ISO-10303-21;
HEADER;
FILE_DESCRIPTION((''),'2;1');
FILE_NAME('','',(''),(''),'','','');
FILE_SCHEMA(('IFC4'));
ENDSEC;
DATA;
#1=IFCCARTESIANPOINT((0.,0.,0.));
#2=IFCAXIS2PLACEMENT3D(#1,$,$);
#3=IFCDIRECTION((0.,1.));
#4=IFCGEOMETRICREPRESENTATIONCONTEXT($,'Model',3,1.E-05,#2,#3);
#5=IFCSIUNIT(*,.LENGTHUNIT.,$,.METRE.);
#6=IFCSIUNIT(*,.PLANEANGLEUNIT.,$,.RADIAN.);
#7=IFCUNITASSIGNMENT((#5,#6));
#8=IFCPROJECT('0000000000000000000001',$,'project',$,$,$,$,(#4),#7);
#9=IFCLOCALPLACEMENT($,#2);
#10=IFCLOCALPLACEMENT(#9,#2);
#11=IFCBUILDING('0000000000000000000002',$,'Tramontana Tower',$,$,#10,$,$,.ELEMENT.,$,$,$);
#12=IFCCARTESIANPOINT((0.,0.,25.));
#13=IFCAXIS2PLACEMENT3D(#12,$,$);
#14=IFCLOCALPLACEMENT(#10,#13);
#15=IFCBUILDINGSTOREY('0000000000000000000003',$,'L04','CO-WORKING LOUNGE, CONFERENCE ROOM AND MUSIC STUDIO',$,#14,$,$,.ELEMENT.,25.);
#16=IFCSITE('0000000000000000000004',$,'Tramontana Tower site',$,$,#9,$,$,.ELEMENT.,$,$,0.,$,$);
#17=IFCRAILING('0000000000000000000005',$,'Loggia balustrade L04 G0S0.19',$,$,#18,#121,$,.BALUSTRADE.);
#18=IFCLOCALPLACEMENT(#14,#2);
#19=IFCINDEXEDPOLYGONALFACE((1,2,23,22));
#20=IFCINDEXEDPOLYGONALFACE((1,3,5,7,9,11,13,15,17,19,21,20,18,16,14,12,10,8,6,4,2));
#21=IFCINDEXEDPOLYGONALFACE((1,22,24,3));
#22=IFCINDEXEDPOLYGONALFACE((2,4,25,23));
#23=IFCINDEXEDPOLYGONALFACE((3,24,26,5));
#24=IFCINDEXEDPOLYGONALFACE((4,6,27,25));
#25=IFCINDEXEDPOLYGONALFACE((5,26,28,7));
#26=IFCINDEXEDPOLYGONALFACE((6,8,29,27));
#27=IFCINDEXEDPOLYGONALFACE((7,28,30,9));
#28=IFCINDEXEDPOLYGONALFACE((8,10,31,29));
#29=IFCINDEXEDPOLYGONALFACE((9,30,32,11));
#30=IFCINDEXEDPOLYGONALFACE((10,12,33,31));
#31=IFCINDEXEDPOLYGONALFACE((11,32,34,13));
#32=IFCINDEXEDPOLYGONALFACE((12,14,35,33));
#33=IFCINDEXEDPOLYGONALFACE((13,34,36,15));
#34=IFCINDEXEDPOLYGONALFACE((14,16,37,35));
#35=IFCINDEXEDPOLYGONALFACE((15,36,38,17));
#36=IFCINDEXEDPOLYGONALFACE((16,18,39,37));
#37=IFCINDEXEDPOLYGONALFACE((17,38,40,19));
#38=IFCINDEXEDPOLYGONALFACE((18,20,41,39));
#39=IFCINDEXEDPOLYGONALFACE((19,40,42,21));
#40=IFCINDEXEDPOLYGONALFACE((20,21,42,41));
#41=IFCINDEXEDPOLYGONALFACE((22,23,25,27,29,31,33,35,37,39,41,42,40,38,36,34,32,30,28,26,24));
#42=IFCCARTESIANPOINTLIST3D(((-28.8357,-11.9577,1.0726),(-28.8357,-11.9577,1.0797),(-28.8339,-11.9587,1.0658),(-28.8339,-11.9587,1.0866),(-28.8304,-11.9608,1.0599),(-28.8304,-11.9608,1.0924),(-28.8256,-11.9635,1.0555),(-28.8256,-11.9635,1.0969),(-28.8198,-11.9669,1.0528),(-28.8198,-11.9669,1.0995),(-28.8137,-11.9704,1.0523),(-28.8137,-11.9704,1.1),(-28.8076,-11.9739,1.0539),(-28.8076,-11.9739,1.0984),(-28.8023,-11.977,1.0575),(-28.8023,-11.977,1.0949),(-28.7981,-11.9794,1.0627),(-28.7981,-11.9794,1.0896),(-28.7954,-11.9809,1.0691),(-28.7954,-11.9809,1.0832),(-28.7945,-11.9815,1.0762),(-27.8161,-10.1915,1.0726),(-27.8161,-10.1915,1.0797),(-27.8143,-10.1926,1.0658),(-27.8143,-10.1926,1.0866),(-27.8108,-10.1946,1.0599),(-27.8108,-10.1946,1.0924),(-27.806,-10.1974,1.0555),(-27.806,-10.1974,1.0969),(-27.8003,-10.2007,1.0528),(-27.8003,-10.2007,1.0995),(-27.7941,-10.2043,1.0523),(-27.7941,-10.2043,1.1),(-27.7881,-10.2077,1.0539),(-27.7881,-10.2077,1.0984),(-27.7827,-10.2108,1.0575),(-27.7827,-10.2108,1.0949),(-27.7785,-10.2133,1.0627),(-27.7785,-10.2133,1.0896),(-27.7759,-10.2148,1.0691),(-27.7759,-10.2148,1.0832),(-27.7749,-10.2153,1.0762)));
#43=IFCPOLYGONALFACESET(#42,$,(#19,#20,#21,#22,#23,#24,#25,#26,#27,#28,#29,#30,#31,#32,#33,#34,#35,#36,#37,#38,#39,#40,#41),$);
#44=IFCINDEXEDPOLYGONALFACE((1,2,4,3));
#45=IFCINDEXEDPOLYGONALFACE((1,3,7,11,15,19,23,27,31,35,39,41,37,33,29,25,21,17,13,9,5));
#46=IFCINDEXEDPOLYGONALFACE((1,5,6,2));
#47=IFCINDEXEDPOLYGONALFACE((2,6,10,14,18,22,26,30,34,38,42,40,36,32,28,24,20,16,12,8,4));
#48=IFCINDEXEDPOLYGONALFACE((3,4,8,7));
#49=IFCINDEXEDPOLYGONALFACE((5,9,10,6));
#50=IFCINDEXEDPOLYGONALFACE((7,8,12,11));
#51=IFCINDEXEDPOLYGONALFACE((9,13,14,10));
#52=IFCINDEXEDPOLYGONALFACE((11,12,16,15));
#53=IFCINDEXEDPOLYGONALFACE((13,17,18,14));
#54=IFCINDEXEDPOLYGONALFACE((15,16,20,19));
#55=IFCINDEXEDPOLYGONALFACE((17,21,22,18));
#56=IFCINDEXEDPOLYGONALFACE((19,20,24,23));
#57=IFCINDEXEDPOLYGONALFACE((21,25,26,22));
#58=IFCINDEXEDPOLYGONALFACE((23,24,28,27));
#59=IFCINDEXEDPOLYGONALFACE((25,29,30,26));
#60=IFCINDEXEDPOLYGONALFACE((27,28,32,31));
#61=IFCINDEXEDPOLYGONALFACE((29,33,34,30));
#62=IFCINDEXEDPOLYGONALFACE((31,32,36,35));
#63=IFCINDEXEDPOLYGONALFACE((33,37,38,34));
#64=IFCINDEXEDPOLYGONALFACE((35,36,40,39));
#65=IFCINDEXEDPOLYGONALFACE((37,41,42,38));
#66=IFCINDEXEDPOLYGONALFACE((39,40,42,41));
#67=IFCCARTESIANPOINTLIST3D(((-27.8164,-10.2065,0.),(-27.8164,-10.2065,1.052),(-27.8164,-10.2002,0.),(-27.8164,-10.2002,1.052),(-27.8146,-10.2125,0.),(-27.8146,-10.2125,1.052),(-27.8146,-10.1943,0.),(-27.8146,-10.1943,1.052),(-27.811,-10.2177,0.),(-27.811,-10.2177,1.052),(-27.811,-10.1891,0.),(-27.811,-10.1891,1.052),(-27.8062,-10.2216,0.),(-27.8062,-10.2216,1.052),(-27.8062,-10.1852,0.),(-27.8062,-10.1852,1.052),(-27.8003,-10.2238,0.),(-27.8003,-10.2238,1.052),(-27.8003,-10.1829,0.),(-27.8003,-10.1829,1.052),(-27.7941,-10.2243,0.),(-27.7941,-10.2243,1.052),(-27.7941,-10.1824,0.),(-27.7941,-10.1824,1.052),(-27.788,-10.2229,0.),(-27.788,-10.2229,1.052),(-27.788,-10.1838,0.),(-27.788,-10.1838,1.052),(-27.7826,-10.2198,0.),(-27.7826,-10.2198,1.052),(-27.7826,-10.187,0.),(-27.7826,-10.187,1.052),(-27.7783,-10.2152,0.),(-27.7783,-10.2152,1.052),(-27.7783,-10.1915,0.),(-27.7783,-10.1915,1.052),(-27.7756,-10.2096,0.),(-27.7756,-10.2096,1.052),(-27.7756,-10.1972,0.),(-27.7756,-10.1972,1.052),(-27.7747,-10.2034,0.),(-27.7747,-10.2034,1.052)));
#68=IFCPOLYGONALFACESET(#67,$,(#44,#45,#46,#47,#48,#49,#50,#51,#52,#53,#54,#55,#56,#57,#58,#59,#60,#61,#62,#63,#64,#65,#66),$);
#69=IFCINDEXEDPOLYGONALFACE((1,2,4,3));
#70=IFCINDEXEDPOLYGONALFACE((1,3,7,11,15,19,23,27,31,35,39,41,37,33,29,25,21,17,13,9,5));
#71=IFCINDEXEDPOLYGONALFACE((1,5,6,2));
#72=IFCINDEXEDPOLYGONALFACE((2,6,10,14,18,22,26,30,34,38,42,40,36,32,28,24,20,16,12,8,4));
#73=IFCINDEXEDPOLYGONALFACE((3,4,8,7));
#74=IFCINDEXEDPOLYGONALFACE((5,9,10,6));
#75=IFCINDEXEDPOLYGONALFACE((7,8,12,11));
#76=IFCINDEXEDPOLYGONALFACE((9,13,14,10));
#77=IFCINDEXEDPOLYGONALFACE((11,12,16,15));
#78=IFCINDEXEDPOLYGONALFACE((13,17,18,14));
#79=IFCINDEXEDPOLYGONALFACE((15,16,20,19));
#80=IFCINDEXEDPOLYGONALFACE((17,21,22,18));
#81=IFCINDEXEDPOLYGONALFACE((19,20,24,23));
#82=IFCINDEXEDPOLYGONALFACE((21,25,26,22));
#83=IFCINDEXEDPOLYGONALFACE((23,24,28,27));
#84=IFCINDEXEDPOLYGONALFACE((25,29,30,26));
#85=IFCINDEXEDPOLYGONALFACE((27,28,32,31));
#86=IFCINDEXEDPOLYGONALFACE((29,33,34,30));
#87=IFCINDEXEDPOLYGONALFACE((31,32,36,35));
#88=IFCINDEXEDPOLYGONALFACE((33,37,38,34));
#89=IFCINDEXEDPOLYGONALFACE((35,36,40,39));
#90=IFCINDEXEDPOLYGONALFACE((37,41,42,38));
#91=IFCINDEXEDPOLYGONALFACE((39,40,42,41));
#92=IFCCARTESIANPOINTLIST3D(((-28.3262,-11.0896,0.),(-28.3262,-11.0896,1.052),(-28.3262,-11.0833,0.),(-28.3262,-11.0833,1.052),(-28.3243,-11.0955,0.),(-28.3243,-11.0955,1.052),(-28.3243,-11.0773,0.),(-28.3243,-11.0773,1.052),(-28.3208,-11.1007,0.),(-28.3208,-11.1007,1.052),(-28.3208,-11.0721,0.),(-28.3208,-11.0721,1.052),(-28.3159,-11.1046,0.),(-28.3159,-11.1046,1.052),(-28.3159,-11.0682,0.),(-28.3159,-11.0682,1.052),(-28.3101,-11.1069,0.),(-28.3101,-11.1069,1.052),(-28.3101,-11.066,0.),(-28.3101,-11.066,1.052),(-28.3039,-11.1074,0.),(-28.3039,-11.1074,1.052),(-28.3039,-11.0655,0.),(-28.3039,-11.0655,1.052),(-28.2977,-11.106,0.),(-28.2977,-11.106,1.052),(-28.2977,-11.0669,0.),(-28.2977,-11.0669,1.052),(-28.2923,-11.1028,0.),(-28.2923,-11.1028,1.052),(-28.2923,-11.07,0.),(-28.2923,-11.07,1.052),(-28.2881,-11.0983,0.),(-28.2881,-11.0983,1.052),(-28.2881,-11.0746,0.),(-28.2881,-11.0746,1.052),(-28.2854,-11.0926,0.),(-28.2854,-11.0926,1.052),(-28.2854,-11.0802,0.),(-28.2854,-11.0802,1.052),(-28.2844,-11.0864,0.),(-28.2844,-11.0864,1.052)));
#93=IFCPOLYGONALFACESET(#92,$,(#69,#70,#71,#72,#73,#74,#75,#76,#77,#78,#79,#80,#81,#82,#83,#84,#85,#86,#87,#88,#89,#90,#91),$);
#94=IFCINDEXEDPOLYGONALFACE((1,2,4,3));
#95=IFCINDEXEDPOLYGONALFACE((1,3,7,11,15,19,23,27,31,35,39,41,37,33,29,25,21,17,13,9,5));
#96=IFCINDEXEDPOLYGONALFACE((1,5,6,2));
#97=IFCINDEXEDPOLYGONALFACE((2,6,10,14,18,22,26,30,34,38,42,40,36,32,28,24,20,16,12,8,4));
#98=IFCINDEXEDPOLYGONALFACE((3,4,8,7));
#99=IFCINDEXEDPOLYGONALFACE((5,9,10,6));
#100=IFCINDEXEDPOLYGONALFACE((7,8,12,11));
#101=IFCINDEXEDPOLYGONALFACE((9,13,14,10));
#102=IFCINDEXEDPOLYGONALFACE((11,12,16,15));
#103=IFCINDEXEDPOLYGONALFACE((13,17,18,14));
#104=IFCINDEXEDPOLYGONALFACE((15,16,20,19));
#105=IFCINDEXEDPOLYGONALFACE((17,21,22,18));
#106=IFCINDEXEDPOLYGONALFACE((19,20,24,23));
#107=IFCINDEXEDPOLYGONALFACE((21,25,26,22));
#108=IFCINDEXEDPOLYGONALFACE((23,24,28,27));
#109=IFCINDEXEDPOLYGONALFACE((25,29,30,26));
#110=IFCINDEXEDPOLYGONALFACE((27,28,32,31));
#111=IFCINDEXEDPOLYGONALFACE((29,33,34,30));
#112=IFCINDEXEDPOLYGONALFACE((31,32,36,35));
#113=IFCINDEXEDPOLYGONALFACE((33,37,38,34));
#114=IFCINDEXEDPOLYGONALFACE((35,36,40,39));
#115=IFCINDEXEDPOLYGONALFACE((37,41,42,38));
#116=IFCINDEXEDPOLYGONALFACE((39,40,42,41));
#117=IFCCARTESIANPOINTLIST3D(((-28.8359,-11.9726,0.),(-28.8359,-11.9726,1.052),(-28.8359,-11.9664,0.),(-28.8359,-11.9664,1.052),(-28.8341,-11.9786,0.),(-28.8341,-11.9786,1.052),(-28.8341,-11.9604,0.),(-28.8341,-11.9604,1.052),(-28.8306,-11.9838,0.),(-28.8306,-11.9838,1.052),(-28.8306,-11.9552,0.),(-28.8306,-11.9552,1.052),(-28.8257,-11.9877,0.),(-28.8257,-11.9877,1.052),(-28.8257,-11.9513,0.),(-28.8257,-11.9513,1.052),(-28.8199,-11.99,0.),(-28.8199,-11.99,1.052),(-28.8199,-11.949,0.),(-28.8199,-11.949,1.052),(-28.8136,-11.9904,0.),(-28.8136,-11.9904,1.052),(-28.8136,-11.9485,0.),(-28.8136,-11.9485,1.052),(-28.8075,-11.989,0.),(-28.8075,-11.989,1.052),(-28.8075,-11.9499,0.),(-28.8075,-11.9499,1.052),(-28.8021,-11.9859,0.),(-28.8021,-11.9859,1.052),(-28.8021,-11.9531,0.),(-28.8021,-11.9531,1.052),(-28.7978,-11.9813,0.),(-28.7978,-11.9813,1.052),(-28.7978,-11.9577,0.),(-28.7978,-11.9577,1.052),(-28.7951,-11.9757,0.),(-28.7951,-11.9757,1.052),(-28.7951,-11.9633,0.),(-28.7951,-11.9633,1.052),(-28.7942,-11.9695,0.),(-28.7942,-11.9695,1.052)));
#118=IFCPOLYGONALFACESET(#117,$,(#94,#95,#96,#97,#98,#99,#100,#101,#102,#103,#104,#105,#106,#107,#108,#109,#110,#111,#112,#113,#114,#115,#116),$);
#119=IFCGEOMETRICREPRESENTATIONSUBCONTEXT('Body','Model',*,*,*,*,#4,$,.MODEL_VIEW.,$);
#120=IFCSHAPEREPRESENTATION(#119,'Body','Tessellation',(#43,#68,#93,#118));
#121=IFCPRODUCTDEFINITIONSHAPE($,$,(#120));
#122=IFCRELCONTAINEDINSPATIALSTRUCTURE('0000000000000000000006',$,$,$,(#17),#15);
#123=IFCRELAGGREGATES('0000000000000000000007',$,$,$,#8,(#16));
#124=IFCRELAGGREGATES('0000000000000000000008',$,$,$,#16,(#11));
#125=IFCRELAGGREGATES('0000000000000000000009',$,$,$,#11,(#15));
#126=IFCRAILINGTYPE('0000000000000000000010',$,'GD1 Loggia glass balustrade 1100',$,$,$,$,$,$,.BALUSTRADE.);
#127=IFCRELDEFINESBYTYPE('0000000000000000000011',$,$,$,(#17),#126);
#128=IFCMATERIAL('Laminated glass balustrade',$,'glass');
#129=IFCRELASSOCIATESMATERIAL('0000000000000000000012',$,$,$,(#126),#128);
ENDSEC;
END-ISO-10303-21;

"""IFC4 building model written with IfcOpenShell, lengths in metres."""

from ifc_helpers import new_model, si_unit, direction, frame, origin, origin_2d, place, context, subcontext, project, spatial, circle, extrude, material, type_object, element, save


model = new_model("IFC4")

# Units and contexts
model_context = context("Model", 3, precision=1e-05, world=origin(), true_north=direction((0.0, 1.0)))
body_context = subcontext(model_context, "Body", "Model", "MODEL_VIEW")
ifc_project = project(units=[si_unit("LENGTHUNIT", "METRE"), si_unit("PLANEANGLEUNIT", "RADIAN")], contexts=[model_context])

# Site, building, storey
site_placement = place(None, origin())
site = spatial("IfcSite", under=ifc_project, at=site_placement, Name="Tramontana Tower site", CompositionType="ELEMENT", RefElevation=0.0)
building_placement = place(site_placement, origin())
building = spatial("IfcBuilding", under=site, at=building_placement, Name="Tramontana Tower", CompositionType="ELEMENT")
storey_placement = place(building_placement, frame((0.0, 0.0, 25.0)))
storey = spatial("IfcBuildingStorey", under=building, at=storey_placement, Name="L04", Description="CO-WORKING LOUNGE, CONFERENCE ROOM AND MUSIC STUDIO", CompositionType="ELEMENT", Elevation=25.0)

# Railing
ifc_material_1 = material(Name="Laminated glass balustrade", Category="glass")
railing_type = type_object("IfcRailingType", Name="GD1 Loggia glass balustrade 1100", PredefinedType="BALUSTRADE", material=ifc_material_1)
railing_1_placement = place(storey_placement, frame((-27.7957, -10.2034, 0.0)))
element("IfcRailing", 1, at=railing_1_placement, inside=storey, type_object=railing_type, Name="Loggia balustrade L04 G0S0.19", PredefinedType="BALUSTRADE", context=body_context, shape_type="SweptSolid", body=[
    extrude(circle(Radius=0.0239, at=origin_2d()), frame((0.0, 0.0, 1.0762), z_axis=(-0.49995, -0.866054, 0.0), x_axis=(0.866054, -0.49995, 0.0)), (0.0, 0.0, 1.0), 2.0393),
    extrude(circle(Radius=0.021, at=origin_2d()), origin(), (0.0, 0.0, 1.0), 1.052),
    extrude(circle(Radius=0.021, at=origin_2d()), frame((-0.5098, -0.8831, 0.0)), (0.0, 0.0, 1.0), 1.052),
    extrude(circle(Radius=0.021, at=origin_2d()), frame((-1.0195, -1.7661, 0.0)), (0.0, 0.0, 1.0), 1.052),
])

save(model, "model.ifc")
